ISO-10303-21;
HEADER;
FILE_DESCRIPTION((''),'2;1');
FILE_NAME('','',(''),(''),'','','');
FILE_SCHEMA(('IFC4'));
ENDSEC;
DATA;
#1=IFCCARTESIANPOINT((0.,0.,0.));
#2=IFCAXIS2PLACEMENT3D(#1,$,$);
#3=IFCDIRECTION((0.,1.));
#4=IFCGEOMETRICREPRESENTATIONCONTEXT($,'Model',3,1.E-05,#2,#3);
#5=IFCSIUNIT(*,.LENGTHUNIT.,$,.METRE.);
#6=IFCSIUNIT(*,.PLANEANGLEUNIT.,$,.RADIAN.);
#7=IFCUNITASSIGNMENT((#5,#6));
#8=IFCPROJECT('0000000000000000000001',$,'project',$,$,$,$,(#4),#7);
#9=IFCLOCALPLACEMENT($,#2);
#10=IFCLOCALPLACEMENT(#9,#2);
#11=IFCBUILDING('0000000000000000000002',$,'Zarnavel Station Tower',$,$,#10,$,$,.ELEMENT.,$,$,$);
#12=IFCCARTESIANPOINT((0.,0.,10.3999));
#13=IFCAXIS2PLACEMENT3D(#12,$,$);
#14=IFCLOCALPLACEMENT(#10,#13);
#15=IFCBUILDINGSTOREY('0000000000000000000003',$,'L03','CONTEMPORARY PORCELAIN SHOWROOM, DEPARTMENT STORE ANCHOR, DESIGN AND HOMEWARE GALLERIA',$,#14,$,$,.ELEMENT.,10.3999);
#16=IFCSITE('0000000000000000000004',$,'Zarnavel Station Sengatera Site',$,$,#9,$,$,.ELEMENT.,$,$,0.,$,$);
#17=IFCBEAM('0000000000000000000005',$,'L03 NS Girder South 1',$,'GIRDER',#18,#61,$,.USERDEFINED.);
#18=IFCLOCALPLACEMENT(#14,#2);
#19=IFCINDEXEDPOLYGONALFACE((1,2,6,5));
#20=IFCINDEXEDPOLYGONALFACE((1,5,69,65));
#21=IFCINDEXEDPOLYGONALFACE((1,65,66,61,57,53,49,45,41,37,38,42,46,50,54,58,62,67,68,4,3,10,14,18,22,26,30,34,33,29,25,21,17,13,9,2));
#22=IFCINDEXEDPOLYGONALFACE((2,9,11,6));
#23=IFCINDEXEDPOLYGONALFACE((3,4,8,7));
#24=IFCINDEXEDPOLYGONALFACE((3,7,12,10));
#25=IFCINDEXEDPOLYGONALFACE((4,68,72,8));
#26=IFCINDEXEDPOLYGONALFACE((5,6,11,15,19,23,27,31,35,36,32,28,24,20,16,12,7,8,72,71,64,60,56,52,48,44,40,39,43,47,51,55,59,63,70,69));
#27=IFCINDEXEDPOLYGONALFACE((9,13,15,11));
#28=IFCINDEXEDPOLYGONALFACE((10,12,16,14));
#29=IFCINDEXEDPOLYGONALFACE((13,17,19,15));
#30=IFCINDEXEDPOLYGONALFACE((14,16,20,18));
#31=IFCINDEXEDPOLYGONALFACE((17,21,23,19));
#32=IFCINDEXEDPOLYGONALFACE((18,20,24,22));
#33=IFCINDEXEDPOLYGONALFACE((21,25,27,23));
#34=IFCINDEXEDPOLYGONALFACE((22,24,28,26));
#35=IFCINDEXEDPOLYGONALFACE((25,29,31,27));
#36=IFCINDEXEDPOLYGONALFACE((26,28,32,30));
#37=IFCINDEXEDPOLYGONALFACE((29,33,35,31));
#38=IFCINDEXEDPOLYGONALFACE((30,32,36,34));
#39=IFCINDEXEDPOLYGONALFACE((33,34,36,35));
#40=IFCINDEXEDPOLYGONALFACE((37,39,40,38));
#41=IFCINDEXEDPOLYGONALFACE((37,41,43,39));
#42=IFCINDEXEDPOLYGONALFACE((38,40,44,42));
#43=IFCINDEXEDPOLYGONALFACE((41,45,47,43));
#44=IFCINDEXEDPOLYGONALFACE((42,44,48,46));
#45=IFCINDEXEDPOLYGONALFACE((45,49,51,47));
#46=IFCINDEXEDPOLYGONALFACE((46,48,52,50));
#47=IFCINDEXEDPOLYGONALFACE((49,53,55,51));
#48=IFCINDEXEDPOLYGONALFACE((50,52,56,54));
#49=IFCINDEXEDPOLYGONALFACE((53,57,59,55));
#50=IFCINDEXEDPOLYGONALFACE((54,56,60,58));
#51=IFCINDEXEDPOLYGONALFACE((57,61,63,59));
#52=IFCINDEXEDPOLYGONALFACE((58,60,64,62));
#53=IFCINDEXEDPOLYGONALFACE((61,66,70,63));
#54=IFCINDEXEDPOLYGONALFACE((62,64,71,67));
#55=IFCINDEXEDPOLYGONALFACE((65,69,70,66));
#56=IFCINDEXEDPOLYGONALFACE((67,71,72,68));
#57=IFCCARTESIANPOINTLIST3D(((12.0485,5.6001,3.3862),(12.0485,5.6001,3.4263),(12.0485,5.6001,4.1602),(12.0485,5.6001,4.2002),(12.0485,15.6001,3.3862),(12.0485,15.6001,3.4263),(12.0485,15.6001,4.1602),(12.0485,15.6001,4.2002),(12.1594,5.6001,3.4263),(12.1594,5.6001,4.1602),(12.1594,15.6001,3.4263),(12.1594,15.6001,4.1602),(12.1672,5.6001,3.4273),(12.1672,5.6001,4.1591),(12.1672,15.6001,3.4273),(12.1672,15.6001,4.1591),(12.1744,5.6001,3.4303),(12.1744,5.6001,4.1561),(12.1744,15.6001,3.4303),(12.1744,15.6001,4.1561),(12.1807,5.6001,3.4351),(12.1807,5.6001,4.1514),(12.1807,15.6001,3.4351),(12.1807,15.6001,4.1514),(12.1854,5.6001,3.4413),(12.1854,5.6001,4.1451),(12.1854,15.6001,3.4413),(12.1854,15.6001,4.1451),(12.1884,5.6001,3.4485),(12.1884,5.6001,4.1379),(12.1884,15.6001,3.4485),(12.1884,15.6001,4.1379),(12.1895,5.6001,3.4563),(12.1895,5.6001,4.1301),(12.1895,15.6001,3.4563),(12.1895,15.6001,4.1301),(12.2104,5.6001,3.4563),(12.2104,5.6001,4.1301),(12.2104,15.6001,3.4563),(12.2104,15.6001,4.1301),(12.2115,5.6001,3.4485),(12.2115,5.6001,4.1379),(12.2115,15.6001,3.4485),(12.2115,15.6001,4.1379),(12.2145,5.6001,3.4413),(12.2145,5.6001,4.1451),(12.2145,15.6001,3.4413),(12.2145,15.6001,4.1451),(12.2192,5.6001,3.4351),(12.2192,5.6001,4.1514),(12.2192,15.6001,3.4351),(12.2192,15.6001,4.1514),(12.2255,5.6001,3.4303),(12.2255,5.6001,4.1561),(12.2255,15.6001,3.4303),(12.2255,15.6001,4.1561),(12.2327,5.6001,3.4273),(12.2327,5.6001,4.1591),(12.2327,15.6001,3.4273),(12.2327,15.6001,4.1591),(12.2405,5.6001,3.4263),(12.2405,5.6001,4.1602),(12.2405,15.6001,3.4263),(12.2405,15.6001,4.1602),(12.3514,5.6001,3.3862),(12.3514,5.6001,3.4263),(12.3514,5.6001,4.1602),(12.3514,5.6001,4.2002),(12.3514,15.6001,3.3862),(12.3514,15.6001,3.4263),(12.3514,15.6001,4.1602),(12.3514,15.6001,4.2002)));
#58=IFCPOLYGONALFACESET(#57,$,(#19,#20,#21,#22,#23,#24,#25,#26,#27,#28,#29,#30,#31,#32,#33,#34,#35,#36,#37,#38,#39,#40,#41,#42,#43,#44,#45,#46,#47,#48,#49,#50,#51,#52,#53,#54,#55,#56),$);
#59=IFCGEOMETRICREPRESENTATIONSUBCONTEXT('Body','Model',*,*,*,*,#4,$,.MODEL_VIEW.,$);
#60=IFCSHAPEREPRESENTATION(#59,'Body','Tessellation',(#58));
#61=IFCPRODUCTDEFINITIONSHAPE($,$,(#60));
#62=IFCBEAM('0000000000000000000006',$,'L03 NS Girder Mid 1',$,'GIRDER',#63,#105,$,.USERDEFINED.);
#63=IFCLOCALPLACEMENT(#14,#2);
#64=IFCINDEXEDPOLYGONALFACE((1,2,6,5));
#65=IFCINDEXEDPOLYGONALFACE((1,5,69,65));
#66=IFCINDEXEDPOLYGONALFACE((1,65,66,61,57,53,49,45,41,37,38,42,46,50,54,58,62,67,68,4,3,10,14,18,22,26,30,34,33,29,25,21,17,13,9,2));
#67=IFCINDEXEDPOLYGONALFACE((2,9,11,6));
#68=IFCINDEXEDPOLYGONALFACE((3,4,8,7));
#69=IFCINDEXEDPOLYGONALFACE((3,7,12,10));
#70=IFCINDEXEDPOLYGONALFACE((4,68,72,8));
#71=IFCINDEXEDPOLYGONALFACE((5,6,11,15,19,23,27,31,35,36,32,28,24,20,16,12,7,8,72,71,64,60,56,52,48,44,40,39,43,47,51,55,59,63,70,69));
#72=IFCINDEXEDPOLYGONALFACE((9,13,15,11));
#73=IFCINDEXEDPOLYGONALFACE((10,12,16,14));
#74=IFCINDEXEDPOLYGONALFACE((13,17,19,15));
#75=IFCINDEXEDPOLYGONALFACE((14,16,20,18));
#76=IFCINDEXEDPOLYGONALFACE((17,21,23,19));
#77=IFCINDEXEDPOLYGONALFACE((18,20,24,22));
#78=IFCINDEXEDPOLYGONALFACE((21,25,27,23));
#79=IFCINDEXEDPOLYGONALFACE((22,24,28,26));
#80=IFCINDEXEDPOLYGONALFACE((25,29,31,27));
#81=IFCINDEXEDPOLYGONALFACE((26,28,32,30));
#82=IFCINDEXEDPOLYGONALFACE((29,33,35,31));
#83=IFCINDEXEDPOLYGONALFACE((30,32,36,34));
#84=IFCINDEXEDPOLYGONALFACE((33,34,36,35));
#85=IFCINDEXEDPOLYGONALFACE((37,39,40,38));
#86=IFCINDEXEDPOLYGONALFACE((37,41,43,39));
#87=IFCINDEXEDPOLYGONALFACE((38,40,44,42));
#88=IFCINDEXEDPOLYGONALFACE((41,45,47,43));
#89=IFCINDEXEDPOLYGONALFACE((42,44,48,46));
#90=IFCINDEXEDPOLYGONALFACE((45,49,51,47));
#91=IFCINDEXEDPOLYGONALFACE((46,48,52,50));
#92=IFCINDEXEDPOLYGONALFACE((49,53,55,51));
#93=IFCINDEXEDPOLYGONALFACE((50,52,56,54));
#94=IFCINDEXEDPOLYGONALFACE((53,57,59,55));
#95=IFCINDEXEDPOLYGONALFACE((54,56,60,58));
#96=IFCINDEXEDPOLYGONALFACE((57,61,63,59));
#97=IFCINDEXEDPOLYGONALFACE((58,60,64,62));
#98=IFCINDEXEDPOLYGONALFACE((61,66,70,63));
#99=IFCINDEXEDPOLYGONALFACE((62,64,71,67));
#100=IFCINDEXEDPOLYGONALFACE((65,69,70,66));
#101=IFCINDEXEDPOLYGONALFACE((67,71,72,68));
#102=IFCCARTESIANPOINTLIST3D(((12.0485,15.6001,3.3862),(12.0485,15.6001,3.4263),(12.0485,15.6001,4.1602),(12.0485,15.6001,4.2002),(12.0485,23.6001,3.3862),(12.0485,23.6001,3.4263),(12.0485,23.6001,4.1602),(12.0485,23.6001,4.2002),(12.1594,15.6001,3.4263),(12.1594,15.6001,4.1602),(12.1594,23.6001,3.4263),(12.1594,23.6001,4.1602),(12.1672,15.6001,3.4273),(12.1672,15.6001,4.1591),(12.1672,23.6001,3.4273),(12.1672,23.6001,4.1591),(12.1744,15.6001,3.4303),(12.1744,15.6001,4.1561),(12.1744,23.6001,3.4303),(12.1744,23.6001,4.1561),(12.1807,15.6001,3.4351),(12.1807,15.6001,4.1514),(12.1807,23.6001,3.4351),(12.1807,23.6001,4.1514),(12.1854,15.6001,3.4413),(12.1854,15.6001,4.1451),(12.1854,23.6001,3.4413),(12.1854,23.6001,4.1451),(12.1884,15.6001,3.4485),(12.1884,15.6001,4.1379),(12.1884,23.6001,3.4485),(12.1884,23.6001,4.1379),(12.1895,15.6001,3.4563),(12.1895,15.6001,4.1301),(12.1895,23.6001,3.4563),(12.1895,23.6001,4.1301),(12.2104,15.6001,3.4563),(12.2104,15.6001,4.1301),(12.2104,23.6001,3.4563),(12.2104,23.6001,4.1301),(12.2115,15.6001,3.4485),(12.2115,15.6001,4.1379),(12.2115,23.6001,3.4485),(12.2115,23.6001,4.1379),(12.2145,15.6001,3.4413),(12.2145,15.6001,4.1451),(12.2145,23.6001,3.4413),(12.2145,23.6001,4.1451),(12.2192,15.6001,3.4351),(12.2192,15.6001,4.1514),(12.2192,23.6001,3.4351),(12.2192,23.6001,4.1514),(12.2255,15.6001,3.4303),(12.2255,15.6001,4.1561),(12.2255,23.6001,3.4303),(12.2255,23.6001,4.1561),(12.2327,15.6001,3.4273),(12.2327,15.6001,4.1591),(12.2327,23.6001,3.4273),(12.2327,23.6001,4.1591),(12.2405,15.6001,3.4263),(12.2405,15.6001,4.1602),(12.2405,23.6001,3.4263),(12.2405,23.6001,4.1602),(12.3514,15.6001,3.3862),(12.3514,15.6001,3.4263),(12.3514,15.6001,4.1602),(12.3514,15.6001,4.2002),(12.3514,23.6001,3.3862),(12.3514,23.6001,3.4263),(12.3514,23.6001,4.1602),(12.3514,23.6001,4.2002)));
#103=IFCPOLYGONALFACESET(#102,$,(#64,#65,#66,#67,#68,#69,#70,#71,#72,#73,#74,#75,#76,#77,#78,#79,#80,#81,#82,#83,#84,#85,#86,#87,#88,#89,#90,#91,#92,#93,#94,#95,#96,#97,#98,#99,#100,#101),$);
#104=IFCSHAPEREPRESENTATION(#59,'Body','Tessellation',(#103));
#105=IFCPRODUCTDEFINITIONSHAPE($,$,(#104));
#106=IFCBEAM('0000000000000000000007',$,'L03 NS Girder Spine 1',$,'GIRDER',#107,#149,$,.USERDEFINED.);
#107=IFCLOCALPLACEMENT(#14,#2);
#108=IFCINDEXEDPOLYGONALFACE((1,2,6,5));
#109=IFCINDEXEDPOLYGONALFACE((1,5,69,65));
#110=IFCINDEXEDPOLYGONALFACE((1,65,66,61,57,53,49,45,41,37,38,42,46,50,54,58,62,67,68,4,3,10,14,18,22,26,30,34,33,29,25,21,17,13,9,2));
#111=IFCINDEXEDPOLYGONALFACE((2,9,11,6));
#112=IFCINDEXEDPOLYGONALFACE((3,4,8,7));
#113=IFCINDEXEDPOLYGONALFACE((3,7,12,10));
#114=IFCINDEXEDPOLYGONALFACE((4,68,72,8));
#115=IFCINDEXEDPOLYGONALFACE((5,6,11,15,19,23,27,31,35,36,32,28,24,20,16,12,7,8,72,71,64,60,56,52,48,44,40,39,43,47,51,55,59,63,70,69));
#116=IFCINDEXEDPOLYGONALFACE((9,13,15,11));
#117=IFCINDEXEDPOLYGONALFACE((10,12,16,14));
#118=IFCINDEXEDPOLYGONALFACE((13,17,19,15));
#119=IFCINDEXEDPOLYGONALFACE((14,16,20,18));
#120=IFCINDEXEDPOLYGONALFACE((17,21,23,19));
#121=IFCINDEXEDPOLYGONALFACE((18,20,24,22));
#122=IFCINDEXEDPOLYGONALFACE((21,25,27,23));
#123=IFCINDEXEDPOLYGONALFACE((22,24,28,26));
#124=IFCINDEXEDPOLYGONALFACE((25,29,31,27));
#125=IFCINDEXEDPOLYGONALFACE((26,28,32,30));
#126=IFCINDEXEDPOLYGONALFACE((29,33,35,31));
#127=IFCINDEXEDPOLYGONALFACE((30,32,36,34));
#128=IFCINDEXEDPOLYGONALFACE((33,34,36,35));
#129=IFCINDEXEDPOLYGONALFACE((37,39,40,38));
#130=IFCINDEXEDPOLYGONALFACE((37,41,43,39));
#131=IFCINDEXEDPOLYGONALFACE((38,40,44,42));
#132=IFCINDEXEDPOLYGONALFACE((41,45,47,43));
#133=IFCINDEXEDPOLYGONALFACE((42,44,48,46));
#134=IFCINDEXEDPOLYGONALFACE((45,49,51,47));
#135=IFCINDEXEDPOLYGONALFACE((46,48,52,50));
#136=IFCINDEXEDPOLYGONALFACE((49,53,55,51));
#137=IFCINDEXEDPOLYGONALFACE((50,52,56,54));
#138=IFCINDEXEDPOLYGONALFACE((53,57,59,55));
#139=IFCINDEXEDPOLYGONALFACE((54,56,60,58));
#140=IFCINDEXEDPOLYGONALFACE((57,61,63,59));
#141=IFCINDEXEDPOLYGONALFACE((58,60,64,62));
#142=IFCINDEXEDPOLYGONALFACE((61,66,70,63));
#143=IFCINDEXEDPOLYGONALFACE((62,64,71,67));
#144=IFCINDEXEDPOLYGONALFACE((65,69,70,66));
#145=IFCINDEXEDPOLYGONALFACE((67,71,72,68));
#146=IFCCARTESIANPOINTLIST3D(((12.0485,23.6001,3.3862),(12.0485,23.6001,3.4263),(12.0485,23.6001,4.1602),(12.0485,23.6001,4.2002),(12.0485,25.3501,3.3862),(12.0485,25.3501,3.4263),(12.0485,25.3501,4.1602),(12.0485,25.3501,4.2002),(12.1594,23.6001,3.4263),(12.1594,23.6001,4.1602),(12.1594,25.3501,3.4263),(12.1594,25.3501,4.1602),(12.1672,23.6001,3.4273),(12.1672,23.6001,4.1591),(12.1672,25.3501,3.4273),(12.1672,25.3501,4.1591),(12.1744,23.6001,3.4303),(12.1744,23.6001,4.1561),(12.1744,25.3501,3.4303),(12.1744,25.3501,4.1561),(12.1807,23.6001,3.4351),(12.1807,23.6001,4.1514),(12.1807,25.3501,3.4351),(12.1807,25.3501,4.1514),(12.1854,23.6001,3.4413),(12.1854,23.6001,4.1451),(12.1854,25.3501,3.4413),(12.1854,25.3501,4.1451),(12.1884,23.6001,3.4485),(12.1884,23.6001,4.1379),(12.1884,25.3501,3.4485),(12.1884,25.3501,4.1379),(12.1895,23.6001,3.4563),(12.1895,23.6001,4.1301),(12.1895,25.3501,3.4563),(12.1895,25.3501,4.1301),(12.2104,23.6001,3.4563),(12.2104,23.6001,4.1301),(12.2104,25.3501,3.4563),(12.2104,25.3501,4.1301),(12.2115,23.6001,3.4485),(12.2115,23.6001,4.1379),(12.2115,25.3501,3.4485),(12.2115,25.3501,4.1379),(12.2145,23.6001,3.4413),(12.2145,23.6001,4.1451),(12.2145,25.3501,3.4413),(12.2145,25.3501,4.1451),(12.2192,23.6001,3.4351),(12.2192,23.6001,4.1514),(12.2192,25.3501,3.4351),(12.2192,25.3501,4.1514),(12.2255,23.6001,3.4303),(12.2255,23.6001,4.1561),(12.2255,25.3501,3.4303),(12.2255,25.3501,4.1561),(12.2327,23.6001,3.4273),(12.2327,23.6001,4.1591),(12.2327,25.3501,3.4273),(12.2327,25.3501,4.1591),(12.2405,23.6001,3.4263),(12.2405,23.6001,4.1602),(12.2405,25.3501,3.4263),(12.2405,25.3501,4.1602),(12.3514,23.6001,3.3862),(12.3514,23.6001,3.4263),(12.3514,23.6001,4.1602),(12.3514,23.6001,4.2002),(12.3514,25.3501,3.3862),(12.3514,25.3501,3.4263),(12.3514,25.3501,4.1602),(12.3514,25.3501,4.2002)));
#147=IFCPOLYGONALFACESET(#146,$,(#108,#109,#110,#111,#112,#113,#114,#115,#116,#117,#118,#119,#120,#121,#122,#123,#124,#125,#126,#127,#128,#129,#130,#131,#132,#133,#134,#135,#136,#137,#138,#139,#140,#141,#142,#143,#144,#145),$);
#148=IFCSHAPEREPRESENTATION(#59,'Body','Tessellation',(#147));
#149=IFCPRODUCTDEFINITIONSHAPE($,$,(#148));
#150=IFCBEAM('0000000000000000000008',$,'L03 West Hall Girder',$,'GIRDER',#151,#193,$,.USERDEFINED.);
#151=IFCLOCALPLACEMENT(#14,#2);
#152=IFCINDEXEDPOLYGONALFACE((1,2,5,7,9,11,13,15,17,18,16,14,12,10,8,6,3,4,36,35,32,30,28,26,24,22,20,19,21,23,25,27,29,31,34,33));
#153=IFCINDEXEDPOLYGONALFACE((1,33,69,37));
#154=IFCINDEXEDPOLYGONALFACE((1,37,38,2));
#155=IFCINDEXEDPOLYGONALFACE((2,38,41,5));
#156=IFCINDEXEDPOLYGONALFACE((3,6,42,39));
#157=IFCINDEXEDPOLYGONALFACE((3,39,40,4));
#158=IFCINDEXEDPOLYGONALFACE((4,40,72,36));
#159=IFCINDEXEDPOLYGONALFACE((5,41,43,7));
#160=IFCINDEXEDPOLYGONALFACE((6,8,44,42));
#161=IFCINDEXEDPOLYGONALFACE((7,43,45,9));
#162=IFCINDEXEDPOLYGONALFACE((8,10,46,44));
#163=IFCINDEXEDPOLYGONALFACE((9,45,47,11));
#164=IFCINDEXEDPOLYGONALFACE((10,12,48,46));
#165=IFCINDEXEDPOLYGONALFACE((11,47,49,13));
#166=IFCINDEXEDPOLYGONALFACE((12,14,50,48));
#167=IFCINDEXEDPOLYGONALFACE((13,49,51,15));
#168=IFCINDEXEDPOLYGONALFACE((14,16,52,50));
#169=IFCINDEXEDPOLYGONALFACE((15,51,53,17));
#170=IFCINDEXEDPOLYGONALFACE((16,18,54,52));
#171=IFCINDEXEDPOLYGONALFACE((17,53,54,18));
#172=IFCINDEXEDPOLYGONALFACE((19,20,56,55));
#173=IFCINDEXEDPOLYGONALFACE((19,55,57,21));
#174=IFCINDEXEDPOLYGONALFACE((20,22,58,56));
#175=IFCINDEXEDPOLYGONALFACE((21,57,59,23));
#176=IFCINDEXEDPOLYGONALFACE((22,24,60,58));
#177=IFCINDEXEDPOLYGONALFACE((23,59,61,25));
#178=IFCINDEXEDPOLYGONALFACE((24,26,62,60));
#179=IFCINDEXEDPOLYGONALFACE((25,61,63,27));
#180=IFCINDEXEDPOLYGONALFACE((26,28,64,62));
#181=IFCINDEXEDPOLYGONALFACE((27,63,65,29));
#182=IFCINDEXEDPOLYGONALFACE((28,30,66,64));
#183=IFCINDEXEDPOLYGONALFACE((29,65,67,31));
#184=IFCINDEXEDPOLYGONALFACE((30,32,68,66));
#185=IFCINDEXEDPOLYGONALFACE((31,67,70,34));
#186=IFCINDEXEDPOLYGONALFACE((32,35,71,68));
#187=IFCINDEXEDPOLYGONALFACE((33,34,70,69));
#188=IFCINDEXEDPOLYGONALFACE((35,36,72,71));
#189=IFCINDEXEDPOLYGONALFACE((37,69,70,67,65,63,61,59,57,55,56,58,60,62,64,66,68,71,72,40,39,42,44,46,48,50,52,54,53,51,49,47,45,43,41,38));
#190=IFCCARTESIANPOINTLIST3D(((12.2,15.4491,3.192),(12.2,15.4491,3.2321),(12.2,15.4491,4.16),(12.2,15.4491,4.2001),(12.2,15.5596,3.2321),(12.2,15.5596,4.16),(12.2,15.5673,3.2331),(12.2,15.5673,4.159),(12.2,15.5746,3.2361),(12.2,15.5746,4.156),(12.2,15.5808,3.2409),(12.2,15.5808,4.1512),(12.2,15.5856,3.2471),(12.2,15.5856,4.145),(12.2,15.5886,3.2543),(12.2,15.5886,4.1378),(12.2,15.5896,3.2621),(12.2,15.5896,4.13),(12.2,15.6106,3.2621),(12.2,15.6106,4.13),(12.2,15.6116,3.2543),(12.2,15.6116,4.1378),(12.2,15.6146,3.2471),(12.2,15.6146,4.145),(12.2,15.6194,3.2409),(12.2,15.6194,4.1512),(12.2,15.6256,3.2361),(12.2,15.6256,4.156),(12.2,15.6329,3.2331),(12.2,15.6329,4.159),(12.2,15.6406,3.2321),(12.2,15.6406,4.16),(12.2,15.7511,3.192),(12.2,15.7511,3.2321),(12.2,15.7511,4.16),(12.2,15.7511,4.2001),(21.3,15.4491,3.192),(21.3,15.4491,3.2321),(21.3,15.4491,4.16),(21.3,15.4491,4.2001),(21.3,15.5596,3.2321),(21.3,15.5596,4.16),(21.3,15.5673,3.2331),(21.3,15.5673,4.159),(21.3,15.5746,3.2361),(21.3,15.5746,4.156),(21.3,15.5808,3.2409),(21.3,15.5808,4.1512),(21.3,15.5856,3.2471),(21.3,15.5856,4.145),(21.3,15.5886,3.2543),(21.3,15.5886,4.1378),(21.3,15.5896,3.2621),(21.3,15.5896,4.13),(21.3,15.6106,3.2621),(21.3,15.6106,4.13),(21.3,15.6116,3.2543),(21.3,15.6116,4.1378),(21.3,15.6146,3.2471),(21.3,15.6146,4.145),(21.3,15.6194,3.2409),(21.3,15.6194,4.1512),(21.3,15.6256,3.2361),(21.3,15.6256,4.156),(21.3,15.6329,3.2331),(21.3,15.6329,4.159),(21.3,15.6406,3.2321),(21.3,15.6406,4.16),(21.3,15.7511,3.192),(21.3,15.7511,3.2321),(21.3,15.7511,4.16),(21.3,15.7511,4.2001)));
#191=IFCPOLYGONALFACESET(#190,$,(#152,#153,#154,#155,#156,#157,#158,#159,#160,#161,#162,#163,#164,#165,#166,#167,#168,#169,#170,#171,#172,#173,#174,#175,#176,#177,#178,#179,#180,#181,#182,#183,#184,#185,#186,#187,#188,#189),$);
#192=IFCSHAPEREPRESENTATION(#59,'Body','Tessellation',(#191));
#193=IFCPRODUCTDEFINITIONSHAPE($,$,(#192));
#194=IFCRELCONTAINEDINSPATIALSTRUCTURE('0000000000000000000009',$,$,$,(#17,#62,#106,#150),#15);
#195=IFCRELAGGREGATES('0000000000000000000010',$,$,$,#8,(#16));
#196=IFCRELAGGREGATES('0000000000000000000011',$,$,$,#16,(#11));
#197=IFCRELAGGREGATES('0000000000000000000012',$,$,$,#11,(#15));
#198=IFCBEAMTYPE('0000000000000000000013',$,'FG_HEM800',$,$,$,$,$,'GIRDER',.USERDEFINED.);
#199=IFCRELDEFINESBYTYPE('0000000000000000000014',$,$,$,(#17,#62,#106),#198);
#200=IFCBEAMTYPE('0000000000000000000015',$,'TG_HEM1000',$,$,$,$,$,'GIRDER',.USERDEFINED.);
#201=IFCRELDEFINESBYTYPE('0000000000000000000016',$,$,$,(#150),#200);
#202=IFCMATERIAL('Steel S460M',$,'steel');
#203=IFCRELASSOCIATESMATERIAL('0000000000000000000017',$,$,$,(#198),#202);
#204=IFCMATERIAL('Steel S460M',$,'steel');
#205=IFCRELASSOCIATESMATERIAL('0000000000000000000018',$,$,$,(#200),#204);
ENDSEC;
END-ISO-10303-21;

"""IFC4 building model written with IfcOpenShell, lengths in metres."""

from ifc_helpers import new_model, si_unit, direction, frame, origin, origin_2d, place, context, subcontext, project, spatial, i_section, extrude, material, material_profile, profile_set, type_object, element, save


model = new_model("IFC4")

# Units and contexts
model_context = context("Model", 3, precision=1e-05, world=origin(), true_north=direction((0.0, 1.0)))
body_context = subcontext(model_context, "Body", "Model", "MODEL_VIEW")
ifc_project = project(units=[si_unit("LENGTHUNIT", "METRE"), si_unit("PLANEANGLEUNIT", "RADIAN")], contexts=[model_context])

# Site, building, storey
site_placement = place(None, origin())
site = spatial("IfcSite", under=ifc_project, at=site_placement, Name="Zarnavel Station Sengatera Site", CompositionType="ELEMENT", RefElevation=0.0)
building_placement = place(site_placement, origin())
building = spatial("IfcBuilding", under=site, at=building_placement, Name="Zarnavel Station Tower", CompositionType="ELEMENT")
storey_placement = place(building_placement, frame((0.0, 0.0, 10.3999)))
storey = spatial("IfcBuildingStorey", under=building, at=storey_placement, Name="L03", Description="CONTEMPORARY PORCELAIN SHOWROOM, DEPARTMENT STORE ANCHOR, DESIGN AND HOMEWARE GALLERIA", CompositionType="ELEMENT", Elevation=10.3999)

# Beams
ifc_material_1 = material(Name="Steel S460M", Category="steel")
ifc_material_profile_1 = material_profile(ifc_material_1, i_section(OverallWidth=0.303, OverallDepth=0.814, WebThickness=0.021, FlangeThickness=0.04, FilletRadius=0.03, at=origin_2d()), Name="HEM800")
ifc_profile_set_1 = profile_set([ifc_material_profile_1], Name="Steel S460M")
beam_type_1 = type_object("IfcBeamType", Name="FG_HEM800", ElementType="GIRDER", PredefinedType="USERDEFINED", material=ifc_profile_set_1)
beam_1_placement = place(storey_placement, frame((12.2, 5.6001, 3.7932), z_axis=(0.0, 1.0, 0.0), x_axis=(-1.0, 0.0, 0.0)))
element("IfcBeam", 1, at=beam_1_placement, inside=storey, type_object=beam_type_1, Name="L03 NS Girder South 1", ObjectType="GIRDER", PredefinedType="USERDEFINED", context=body_context, shape_type="SweptSolid", body=[
    extrude(i_section(OverallWidth=0.303, OverallDepth=0.814, WebThickness=0.021, FlangeThickness=0.04, FilletRadius=0.03, at=origin_2d()), origin(), (0.0, 0.0, 1.0), 10.0),
])
beam_2_placement = place(storey_placement, frame((12.2, 15.6001, 3.7932), z_axis=(0.0, 1.0, 0.0), x_axis=(-1.0, 0.0, 0.0)))
element("IfcBeam", 2, at=beam_2_placement, inside=storey, type_object=beam_type_1, Name="L03 NS Girder Mid 1", ObjectType="GIRDER", PredefinedType="USERDEFINED", context=body_context, shape_type="SweptSolid", body=[
    extrude(i_section(OverallWidth=0.303, OverallDepth=0.814, WebThickness=0.021, FlangeThickness=0.04, FilletRadius=0.03, at=origin_2d()), origin(), (0.0, 0.0, 1.0), 8.0),
])
beam_3_placement = place(storey_placement, frame((12.2, 23.6001, 3.7932), z_axis=(0.0, 1.0, 0.0), x_axis=(-1.0, 0.0, 0.0)))
element("IfcBeam", 3, at=beam_3_placement, inside=storey, type_object=beam_type_1, Name="L03 NS Girder Spine 1", ObjectType="GIRDER", PredefinedType="USERDEFINED", context=body_context, shape_type="SweptSolid", body=[
    extrude(i_section(OverallWidth=0.303, OverallDepth=0.814, WebThickness=0.021, FlangeThickness=0.04, FilletRadius=0.03, at=origin_2d()), origin(), (0.0, 0.0, 1.0), 1.75),
])
ifc_material_2 = material(Name="Steel S460M", Category="steel")
ifc_material_profile_2 = material_profile(ifc_material_2, i_section(OverallWidth=0.302, OverallDepth=1.0081, WebThickness=0.021, FlangeThickness=0.04, FilletRadius=0.03, at=origin_2d()), Name="HEM1000")
ifc_profile_set_2 = profile_set([ifc_material_profile_2], Name="Steel S460M")
beam_type_2 = type_object("IfcBeamType", Name="TG_HEM1000", ElementType="GIRDER", PredefinedType="USERDEFINED", material=ifc_profile_set_2)
beam_4_placement = place(storey_placement, frame((12.2, 15.6001, 3.696), z_axis=(1.0, 0.0, 0.0), x_axis=(0.0, 1.0, 0.0)))
element("IfcBeam", 4, at=beam_4_placement, inside=storey, type_object=beam_type_2, Name="L03 West Hall Girder", ObjectType="GIRDER", PredefinedType="USERDEFINED", context=body_context, shape_type="SweptSolid", body=[
    extrude(i_section(OverallWidth=0.302, OverallDepth=1.0081, WebThickness=0.021, FlangeThickness=0.04, FilletRadius=0.03, at=origin_2d()), origin(), (0.0, 0.0, 1.0), 9.1001),
])

save(model, "model.ifc")
